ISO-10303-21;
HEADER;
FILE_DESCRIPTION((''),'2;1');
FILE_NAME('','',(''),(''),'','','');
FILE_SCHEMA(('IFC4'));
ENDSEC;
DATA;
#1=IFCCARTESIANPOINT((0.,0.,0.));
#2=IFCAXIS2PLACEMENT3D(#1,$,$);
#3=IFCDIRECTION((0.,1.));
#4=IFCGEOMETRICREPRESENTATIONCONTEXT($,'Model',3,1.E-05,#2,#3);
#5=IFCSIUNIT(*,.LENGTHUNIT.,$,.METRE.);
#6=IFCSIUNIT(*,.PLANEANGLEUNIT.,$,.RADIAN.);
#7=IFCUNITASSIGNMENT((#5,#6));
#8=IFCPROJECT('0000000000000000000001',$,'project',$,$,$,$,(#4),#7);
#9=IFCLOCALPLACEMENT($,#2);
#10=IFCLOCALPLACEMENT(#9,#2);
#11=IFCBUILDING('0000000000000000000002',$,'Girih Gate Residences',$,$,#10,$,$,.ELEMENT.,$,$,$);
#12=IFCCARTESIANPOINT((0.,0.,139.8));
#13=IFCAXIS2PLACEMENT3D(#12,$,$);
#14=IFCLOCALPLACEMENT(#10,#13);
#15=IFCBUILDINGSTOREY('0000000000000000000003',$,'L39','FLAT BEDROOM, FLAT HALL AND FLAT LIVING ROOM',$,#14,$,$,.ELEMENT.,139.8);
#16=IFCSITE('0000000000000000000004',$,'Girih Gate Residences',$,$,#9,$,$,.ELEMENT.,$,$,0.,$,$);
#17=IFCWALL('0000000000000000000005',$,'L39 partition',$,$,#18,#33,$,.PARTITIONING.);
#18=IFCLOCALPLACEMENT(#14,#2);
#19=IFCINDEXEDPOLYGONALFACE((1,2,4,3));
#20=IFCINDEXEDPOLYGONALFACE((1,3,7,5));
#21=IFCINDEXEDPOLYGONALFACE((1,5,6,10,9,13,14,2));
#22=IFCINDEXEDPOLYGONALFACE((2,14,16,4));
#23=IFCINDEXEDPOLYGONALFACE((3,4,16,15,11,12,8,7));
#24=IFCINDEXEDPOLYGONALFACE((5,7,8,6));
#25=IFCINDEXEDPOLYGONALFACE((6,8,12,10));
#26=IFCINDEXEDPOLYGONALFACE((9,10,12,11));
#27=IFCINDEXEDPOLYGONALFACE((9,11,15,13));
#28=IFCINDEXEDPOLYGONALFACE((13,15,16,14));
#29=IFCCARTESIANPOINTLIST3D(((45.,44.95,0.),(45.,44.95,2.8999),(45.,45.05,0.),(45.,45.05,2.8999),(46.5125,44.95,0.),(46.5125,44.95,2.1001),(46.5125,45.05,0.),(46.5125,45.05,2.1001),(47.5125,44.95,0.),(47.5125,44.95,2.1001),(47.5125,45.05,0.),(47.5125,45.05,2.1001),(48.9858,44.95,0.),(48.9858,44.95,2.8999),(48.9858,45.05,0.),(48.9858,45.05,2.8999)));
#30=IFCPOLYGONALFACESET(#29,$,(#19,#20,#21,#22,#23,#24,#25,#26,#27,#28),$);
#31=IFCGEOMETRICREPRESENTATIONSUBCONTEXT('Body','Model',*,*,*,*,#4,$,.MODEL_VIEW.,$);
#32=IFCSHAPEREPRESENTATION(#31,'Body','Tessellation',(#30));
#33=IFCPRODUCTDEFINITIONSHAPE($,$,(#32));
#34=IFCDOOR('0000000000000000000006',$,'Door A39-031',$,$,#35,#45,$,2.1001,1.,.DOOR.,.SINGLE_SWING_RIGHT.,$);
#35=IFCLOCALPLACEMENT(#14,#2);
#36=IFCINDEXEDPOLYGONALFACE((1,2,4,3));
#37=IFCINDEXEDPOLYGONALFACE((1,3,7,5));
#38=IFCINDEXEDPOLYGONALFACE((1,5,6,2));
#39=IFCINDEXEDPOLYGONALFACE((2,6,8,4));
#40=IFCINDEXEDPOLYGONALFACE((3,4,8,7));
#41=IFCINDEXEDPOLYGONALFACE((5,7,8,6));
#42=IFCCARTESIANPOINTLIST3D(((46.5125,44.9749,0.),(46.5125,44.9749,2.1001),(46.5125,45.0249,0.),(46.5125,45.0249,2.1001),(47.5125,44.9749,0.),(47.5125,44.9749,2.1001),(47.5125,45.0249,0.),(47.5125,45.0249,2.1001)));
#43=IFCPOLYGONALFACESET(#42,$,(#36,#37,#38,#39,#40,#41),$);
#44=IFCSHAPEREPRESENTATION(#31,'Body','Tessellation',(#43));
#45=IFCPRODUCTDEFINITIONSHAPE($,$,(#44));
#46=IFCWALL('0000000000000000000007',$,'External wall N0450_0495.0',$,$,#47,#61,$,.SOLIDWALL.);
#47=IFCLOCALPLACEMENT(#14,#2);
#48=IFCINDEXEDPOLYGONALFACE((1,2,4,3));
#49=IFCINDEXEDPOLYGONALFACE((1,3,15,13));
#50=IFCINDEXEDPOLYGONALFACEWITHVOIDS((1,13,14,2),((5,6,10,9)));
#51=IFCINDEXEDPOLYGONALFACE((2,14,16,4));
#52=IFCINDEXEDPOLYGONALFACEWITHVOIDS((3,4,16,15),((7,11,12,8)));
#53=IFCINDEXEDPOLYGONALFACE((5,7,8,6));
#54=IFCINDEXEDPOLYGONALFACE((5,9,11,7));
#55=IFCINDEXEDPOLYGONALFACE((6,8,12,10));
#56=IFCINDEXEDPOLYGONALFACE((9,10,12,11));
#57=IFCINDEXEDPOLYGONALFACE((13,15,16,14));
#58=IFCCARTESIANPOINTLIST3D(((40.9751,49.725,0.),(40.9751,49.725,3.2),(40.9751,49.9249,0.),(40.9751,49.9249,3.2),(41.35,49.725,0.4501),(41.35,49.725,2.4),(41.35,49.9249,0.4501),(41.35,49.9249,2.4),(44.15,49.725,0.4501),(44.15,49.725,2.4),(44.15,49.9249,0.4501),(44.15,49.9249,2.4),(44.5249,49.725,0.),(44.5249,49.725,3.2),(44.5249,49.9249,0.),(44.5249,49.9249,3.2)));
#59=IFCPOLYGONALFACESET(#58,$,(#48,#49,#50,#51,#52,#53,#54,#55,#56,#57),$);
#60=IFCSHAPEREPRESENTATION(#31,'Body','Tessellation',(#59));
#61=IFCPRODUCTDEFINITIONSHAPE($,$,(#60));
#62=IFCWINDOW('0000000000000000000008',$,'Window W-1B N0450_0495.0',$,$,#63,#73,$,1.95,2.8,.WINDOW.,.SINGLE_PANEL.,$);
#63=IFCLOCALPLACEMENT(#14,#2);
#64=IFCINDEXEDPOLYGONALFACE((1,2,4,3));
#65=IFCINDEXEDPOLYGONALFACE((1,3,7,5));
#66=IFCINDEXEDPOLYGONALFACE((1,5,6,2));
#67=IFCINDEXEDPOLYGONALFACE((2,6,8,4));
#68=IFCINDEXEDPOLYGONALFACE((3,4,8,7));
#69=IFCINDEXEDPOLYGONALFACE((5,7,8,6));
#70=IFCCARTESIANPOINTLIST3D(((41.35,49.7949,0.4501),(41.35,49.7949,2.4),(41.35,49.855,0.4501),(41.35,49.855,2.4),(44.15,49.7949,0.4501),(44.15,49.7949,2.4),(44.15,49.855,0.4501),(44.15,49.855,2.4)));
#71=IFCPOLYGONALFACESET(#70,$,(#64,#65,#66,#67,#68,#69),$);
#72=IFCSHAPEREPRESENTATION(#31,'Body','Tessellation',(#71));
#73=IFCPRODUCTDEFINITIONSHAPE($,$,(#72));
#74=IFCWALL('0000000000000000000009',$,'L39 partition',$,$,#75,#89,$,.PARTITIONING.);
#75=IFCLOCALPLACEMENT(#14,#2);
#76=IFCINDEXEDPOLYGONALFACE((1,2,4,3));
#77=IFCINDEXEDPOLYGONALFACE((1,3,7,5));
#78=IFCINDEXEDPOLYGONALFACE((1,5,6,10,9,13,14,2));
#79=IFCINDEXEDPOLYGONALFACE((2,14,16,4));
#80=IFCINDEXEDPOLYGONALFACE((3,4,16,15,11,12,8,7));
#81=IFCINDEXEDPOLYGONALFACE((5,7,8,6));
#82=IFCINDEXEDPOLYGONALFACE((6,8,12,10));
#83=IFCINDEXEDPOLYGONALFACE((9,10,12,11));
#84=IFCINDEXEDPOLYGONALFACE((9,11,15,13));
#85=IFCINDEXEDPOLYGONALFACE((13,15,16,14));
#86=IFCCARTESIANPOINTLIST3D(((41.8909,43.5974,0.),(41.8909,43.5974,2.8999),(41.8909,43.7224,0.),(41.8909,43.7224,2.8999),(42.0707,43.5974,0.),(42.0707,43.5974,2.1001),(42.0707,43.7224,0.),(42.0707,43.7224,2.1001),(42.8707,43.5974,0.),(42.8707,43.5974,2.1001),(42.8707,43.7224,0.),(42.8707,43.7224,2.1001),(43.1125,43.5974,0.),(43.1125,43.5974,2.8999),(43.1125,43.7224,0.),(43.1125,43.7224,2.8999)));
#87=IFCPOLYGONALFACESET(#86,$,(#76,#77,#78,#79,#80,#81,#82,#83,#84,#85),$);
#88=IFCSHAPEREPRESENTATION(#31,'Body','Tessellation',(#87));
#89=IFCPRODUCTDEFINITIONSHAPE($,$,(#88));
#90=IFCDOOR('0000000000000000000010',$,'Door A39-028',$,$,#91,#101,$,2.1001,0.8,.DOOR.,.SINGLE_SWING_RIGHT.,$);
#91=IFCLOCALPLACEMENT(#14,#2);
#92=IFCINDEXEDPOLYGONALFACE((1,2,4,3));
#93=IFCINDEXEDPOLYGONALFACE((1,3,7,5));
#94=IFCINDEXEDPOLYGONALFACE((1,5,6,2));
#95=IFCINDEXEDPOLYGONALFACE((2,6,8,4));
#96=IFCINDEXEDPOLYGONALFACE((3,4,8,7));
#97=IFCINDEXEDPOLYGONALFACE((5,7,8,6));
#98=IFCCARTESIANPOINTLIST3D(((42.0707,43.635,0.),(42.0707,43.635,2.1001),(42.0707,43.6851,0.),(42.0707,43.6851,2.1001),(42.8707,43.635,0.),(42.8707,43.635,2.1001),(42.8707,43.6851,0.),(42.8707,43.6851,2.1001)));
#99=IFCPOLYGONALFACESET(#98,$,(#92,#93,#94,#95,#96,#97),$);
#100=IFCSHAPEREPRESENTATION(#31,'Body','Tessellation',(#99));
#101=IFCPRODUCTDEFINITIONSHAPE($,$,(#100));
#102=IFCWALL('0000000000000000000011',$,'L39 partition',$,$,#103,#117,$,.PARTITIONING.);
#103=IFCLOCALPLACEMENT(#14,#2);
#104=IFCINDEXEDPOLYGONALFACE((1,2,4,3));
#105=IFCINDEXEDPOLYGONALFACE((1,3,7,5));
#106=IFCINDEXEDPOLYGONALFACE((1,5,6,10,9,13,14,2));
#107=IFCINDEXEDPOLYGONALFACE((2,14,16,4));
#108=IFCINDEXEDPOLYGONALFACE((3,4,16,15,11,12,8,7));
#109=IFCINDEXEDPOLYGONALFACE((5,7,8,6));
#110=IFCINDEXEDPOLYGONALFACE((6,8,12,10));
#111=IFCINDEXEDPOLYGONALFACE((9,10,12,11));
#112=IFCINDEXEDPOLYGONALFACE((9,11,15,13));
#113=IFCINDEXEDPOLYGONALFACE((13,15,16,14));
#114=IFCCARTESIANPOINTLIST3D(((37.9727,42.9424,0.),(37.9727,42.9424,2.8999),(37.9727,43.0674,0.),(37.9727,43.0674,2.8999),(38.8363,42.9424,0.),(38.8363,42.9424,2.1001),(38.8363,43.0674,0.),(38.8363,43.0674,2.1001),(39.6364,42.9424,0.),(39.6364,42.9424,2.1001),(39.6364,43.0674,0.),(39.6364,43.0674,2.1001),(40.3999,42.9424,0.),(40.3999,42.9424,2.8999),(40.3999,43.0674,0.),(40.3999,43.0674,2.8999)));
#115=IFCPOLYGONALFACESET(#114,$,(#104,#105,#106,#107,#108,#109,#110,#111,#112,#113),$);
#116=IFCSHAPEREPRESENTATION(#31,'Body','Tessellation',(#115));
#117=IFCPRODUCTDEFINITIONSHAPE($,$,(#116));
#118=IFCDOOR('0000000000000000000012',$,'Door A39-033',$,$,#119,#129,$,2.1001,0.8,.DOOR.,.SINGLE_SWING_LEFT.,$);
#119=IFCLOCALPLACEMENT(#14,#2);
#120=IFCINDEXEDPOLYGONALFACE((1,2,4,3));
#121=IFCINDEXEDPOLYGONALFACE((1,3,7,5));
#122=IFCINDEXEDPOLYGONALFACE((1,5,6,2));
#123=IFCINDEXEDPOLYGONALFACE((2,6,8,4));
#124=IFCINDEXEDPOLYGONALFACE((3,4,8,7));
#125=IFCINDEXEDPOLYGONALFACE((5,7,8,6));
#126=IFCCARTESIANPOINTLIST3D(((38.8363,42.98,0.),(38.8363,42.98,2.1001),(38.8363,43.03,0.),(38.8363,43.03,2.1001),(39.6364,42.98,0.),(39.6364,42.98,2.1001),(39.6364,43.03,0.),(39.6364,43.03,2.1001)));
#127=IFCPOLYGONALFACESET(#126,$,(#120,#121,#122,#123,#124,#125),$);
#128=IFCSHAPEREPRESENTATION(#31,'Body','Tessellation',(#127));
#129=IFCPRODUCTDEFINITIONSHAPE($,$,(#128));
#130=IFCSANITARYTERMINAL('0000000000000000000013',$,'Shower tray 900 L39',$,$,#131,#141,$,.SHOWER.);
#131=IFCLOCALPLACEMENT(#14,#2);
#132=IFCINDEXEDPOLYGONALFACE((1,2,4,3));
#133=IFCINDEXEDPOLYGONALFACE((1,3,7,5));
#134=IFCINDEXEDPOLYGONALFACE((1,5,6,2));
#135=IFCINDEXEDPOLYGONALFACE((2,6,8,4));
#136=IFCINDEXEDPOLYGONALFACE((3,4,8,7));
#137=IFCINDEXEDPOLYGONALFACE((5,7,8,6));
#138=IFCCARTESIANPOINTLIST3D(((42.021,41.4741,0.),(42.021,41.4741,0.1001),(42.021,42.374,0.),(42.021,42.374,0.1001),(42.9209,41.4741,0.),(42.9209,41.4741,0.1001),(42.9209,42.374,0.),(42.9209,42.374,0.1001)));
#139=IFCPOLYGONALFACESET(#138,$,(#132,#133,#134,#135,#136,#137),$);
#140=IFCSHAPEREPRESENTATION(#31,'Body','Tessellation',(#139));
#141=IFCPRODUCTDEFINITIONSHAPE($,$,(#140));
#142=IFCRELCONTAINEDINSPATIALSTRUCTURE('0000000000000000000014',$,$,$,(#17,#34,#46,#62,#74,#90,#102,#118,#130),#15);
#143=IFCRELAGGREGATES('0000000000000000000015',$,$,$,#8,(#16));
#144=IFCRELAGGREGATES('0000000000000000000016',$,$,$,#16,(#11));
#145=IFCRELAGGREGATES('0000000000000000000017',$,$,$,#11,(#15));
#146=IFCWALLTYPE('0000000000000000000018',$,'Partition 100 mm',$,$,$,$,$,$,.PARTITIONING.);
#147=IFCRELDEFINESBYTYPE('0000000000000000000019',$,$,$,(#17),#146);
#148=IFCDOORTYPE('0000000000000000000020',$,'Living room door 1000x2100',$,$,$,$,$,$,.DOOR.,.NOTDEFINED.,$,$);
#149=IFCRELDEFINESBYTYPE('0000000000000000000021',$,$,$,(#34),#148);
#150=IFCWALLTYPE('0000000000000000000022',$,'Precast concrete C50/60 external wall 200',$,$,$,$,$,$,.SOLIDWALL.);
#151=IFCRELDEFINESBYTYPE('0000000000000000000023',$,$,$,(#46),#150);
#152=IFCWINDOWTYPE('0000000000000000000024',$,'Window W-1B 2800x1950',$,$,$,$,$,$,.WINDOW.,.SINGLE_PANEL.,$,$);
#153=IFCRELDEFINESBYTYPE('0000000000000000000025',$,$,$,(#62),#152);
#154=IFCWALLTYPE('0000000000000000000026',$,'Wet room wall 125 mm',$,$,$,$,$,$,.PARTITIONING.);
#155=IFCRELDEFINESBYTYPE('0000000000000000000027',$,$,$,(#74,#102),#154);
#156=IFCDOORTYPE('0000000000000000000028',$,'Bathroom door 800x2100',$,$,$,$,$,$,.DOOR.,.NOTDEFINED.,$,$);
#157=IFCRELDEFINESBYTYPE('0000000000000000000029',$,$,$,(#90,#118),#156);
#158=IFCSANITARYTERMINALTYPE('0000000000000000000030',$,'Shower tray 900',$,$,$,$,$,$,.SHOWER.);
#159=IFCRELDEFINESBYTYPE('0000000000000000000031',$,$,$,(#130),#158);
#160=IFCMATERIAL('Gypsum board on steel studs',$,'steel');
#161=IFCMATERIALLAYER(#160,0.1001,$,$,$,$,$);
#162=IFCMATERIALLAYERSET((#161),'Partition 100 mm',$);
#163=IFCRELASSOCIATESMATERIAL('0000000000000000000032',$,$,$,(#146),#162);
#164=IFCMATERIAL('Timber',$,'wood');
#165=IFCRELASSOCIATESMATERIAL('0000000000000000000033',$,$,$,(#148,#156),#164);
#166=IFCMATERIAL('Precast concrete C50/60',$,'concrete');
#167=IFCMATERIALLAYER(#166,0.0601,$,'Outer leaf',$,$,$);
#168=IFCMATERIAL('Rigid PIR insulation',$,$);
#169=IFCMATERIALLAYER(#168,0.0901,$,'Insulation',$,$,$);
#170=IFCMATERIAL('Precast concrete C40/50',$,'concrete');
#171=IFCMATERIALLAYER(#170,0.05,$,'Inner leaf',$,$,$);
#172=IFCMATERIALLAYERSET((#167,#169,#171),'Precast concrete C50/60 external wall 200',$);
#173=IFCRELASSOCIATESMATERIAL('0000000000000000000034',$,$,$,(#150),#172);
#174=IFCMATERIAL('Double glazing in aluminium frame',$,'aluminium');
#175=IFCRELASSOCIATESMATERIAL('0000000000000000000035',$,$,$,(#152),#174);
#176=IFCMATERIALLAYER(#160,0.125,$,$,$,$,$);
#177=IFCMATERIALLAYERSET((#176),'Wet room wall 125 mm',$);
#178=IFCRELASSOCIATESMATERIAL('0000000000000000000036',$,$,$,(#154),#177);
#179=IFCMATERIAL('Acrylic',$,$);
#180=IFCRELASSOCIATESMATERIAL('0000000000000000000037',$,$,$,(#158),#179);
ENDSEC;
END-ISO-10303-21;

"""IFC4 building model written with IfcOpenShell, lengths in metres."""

from ifc_helpers import new_model, si_unit, direction, frame, frame_2d, origin, origin_2d, place, context, subcontext, project, spatial, rectangle, extrude, material, layer, layer_set, type_object, element, fill, save


model = new_model("IFC4")

# Units and contexts
model_context = context("Model", 3, precision=1e-05, world=origin(), true_north=direction((0.0, 1.0)))
body_context = subcontext(model_context, "Body", "Model", "MODEL_VIEW")
ifc_project = project(units=[si_unit("LENGTHUNIT", "METRE"), si_unit("PLANEANGLEUNIT", "RADIAN")], contexts=[model_context])

# Site, building, storey
site_placement = place(None, origin())
site = spatial("IfcSite", under=ifc_project, at=site_placement, Name="Girih Gate Residences", CompositionType="ELEMENT", RefElevation=0.0)
building_placement = place(site_placement, origin())
building = spatial("IfcBuilding", under=site, at=building_placement, Name="Girih Gate Residences", CompositionType="ELEMENT")
storey_placement = place(building_placement, frame((0.0, 0.0, 139.8)))
storey = spatial("IfcBuildingStorey", under=building, at=storey_placement, Name="L39", Description="FLAT BEDROOM, FLAT HALL AND FLAT LIVING ROOM", CompositionType="ELEMENT", Elevation=139.8)

# Shared definitions
ifc_material_1 = material(Name="Gypsum board on steel studs", Category="steel")
ifc_layer_1 = layer(ifc_material_1, 0.1001)
ifc_layer_set_1 = layer_set([ifc_layer_1], Name="Partition 100 mm")
wall_type_1 = type_object("IfcWallType", Name="Partition 100 mm", PredefinedType="PARTITIONING", material=ifc_layer_set_1)
ifc_material_2 = material(Name="Timber", Category="wood")

# Wall, opening, door
wall_1_placement = place(storey_placement, frame((45.0, 45.0, 0.0), z_axis=(0.0, 0.0, 1.0), x_axis=(1.0, 0.0, 0.0)))
wall_1 = element("IfcWall", 1, at=wall_1_placement, inside=storey, type_object=wall_type_1, Name="L39 partition", PredefinedType="PARTITIONING", context=body_context, shape_type="SweptSolid", body=[
    extrude(rectangle(XDim=3.9858, YDim=0.1001, at=frame_2d((1.9929, 0.0))), origin(), (0.0, 0.0, 1.0), 2.8999),
])
opening_1_placement = place(wall_1_placement, frame((1.5125, 0.0, 0.0)))
opening_1 = element("IfcOpeningElement", 2, at=opening_1_placement, cuts=wall_1, PredefinedType="OPENING", context=body_context, shape_type="SweptSolid", body=[
    extrude(rectangle(XDim=1.0, YDim=2.1001, at=frame_2d((0.5, 1.05))), frame((0.0, 0.0601, 0.0), z_axis=(0.0, -1.0, 0.0), x_axis=(1.0, 0.0, 0.0)), (0.0, 0.0, 1.0), 0.1201),
])
door_type_1 = type_object("IfcDoorType", Name="Living room door 1000x2100", OperationType="NOTDEFINED", PredefinedType="DOOR", material=ifc_material_2)
door_1_placement = place(opening_1_placement, origin())
door_1 = element("IfcDoor", 3, at=door_1_placement, inside=storey, type_object=door_type_1, Name="Door A39-031", OperationType="SINGLE_SWING_RIGHT", OverallHeight=2.1001, OverallWidth=1.0, PredefinedType="DOOR", context=body_context, shape_type="SweptSolid", body=[
    extrude(rectangle(XDim=1.0, YDim=2.1001, at=frame_2d((0.5, 1.05))), frame((0.0, 0.0249, 0.0), z_axis=(0.0, -1.0, 0.0), x_axis=(1.0, 0.0, 0.0)), (0.0, 0.0, 1.0), 0.05),
])
fill(opening_1, door_1)

# Wall, opening, window
ifc_material_3 = material(Name="Precast concrete C50/60", Category="concrete")
ifc_layer_2 = layer(ifc_material_3, 0.0601, Name="Outer leaf")
ifc_material_4 = material(Name="Rigid PIR insulation")
ifc_layer_3 = layer(ifc_material_4, 0.0901, Name="Insulation")
ifc_material_5 = material(Name="Precast concrete C40/50", Category="concrete")
ifc_layer_4 = layer(ifc_material_5, 0.05, Name="Inner leaf")
ifc_layer_set_2 = layer_set([ifc_layer_2, ifc_layer_3, ifc_layer_4], Name="Precast concrete C50/60 external wall 200")
wall_type_2 = type_object("IfcWallType", Name="Precast concrete C50/60 external wall 200", PredefinedType="SOLIDWALL", material=ifc_layer_set_2)
wall_2_placement = place(storey_placement, frame((40.9751, 49.825, 0.0), z_axis=(0.0, 0.0, 1.0), x_axis=(1.0, 0.0, 0.0)))
wall_2 = element("IfcWall", 4, at=wall_2_placement, inside=storey, type_object=wall_type_2, Name="External wall N0450_0495.0", PredefinedType="SOLIDWALL", context=body_context, shape_type="SweptSolid", body=[
    extrude(rectangle(XDim=3.5498, YDim=0.2, at=frame_2d((1.7749, 0.0))), origin(), (0.0, 0.0, 1.0), 3.2),
])
opening_2_placement = place(wall_2_placement, frame((0.375, 0.0, 0.45)))
opening_2 = element("IfcOpeningElement", 5, at=opening_2_placement, cuts=wall_2, PredefinedType="OPENING", context=body_context, shape_type="SweptSolid", body=[
    extrude(rectangle(XDim=2.8, YDim=1.95, at=frame_2d((1.3999, 0.9751))), frame((0.0, 0.1099, 0.0), z_axis=(0.0, -1.0, 0.0), x_axis=(1.0, 0.0, 0.0)), (0.0, 0.0, 1.0), 0.22),
])
ifc_material_6 = material(Name="Double glazing in aluminium frame", Category="aluminium")
window_type = type_object("IfcWindowType", Name="Window W-1B 2800x1950", PartitioningType="SINGLE_PANEL", PredefinedType="WINDOW", material=ifc_material_6)
window_placement = place(opening_2_placement, origin())
window = element("IfcWindow", 6, at=window_placement, inside=storey, type_object=window_type, Name="Window W-1B N0450_0495.0", OverallHeight=1.95, OverallWidth=2.8, PartitioningType="SINGLE_PANEL", PredefinedType="WINDOW", context=body_context, shape_type="SweptSolid", body=[
    extrude(rectangle(XDim=2.8, YDim=1.95, at=frame_2d((1.3999, 0.9751))), frame((0.0, 0.03, 0.0), z_axis=(0.0, -1.0, 0.0), x_axis=(1.0, 0.0, 0.0)), (0.0, 0.0, 1.0), 0.0601),
])
fill(opening_2, window)

# Walls, openings, doors
ifc_layer_5 = layer(ifc_material_1, 0.125)
ifc_layer_set_3 = layer_set([ifc_layer_5], Name="Wet room wall 125 mm")
wall_type_3 = type_object("IfcWallType", Name="Wet room wall 125 mm", PredefinedType="PARTITIONING", material=ifc_layer_set_3)
wall_3_placement = place(storey_placement, frame((43.1125, 43.6599, 0.0), z_axis=(0.0, 0.0, 1.0), x_axis=(-1.0, 0.0, 0.0)))
wall_3 = element("IfcWall", 7, at=wall_3_placement, inside=storey, type_object=wall_type_3, Name="L39 partition", PredefinedType="PARTITIONING", context=body_context, shape_type="SweptSolid", body=[
    extrude(rectangle(XDim=1.2217, YDim=0.125, at=frame_2d((0.6108, 0.0))), origin(), (0.0, 0.0, 1.0), 2.8999),
])
opening_3_placement = place(wall_3_placement, frame((0.2419, 0.0, 0.0)))
opening_3 = element("IfcOpeningElement", 8, at=opening_3_placement, cuts=wall_3, PredefinedType="OPENING", context=body_context, shape_type="SweptSolid", body=[
    extrude(rectangle(XDim=0.8, YDim=2.1001, at=frame_2d((0.3999, 1.05))), frame((0.0, 0.0725, 0.0), z_axis=(0.0, -1.0, 0.0), x_axis=(1.0, 0.0, 0.0)), (0.0, 0.0, 1.0), 0.145),
])
door_type_2 = type_object("IfcDoorType", Name="Bathroom door 800x2100", OperationType="NOTDEFINED", PredefinedType="DOOR", material=ifc_material_2)
door_2_placement = place(opening_3_placement, origin())
door_2 = element("IfcDoor", 9, at=door_2_placement, inside=storey, type_object=door_type_2, Name="Door A39-028", OperationType="SINGLE_SWING_RIGHT", OverallHeight=2.1001, OverallWidth=0.8, PredefinedType="DOOR", context=body_context, shape_type="SweptSolid", body=[
    extrude(rectangle(XDim=0.8, YDim=2.1001, at=frame_2d((0.3999, 1.05))), frame((0.0, 0.0249, 0.0), z_axis=(0.0, -1.0, 0.0), x_axis=(1.0, 0.0, 0.0)), (0.0, 0.0, 1.0), 0.05),
])
fill(opening_3, door_2)
wall_4_placement = place(storey_placement, frame((40.3999, 43.0049, 0.0), z_axis=(0.0, 0.0, 1.0), x_axis=(-1.0, 0.0, 0.0)))
wall_4 = element("IfcWall", 10, at=wall_4_placement, inside=storey, type_object=wall_type_3, Name="L39 partition", PredefinedType="PARTITIONING", context=body_context, shape_type="SweptSolid", body=[
    extrude(rectangle(XDim=2.4272, YDim=0.125, at=frame_2d((1.2136, 0.0))), origin(), (0.0, 0.0, 1.0), 2.8999),
])
opening_4_placement = place(wall_4_placement, frame((0.7637, 0.0, 0.0)))
opening_4 = element("IfcOpeningElement", 11, at=opening_4_placement, cuts=wall_4, PredefinedType="OPENING", context=body_context, shape_type="SweptSolid", body=[
    extrude(rectangle(XDim=0.8, YDim=2.1001, at=frame_2d((0.3999, 1.05))), frame((0.0, 0.0725, 0.0), z_axis=(0.0, -1.0, 0.0), x_axis=(1.0, 0.0, 0.0)), (0.0, 0.0, 1.0), 0.145),
])
door_3_placement = place(opening_4_placement, origin())
door_3 = element("IfcDoor", 12, at=door_3_placement, inside=storey, type_object=door_type_2, Name="Door A39-033", OperationType="SINGLE_SWING_LEFT", OverallHeight=2.1001, OverallWidth=0.8, PredefinedType="DOOR", context=body_context, shape_type="SweptSolid", body=[
    extrude(rectangle(XDim=0.8, YDim=2.1001, at=frame_2d((0.3999, 1.05))), frame((0.0, 0.0249, 0.0), z_axis=(0.0, -1.0, 0.0), x_axis=(1.0, 0.0, 0.0)), (0.0, 0.0, 1.0), 0.05),
])
fill(opening_4, door_3)

# Sanitary terminal
ifc_material_7 = material(Name="Acrylic")
sanitary_terminal_type = type_object("IfcSanitaryTerminalType", Name="Shower tray 900", PredefinedType="SHOWER", material=ifc_material_7)
sanitary_terminal_placement = place(storey_placement, frame((42.4709, 41.9241, 0.0), z_axis=(0.0, 0.0, 1.0), x_axis=(1.0, 0.0, 0.0)))
element("IfcSanitaryTerminal", 13, at=sanitary_terminal_placement, inside=storey, type_object=sanitary_terminal_type, Name="Shower tray 900 L39", PredefinedType="SHOWER", context=body_context, shape_type="SweptSolid", body=[
    extrude(rectangle(XDim=0.8999, YDim=0.8999, at=origin_2d()), origin(), (0.0, 0.0, 1.0), 0.1001),
])

save(model, "model.ifc")
